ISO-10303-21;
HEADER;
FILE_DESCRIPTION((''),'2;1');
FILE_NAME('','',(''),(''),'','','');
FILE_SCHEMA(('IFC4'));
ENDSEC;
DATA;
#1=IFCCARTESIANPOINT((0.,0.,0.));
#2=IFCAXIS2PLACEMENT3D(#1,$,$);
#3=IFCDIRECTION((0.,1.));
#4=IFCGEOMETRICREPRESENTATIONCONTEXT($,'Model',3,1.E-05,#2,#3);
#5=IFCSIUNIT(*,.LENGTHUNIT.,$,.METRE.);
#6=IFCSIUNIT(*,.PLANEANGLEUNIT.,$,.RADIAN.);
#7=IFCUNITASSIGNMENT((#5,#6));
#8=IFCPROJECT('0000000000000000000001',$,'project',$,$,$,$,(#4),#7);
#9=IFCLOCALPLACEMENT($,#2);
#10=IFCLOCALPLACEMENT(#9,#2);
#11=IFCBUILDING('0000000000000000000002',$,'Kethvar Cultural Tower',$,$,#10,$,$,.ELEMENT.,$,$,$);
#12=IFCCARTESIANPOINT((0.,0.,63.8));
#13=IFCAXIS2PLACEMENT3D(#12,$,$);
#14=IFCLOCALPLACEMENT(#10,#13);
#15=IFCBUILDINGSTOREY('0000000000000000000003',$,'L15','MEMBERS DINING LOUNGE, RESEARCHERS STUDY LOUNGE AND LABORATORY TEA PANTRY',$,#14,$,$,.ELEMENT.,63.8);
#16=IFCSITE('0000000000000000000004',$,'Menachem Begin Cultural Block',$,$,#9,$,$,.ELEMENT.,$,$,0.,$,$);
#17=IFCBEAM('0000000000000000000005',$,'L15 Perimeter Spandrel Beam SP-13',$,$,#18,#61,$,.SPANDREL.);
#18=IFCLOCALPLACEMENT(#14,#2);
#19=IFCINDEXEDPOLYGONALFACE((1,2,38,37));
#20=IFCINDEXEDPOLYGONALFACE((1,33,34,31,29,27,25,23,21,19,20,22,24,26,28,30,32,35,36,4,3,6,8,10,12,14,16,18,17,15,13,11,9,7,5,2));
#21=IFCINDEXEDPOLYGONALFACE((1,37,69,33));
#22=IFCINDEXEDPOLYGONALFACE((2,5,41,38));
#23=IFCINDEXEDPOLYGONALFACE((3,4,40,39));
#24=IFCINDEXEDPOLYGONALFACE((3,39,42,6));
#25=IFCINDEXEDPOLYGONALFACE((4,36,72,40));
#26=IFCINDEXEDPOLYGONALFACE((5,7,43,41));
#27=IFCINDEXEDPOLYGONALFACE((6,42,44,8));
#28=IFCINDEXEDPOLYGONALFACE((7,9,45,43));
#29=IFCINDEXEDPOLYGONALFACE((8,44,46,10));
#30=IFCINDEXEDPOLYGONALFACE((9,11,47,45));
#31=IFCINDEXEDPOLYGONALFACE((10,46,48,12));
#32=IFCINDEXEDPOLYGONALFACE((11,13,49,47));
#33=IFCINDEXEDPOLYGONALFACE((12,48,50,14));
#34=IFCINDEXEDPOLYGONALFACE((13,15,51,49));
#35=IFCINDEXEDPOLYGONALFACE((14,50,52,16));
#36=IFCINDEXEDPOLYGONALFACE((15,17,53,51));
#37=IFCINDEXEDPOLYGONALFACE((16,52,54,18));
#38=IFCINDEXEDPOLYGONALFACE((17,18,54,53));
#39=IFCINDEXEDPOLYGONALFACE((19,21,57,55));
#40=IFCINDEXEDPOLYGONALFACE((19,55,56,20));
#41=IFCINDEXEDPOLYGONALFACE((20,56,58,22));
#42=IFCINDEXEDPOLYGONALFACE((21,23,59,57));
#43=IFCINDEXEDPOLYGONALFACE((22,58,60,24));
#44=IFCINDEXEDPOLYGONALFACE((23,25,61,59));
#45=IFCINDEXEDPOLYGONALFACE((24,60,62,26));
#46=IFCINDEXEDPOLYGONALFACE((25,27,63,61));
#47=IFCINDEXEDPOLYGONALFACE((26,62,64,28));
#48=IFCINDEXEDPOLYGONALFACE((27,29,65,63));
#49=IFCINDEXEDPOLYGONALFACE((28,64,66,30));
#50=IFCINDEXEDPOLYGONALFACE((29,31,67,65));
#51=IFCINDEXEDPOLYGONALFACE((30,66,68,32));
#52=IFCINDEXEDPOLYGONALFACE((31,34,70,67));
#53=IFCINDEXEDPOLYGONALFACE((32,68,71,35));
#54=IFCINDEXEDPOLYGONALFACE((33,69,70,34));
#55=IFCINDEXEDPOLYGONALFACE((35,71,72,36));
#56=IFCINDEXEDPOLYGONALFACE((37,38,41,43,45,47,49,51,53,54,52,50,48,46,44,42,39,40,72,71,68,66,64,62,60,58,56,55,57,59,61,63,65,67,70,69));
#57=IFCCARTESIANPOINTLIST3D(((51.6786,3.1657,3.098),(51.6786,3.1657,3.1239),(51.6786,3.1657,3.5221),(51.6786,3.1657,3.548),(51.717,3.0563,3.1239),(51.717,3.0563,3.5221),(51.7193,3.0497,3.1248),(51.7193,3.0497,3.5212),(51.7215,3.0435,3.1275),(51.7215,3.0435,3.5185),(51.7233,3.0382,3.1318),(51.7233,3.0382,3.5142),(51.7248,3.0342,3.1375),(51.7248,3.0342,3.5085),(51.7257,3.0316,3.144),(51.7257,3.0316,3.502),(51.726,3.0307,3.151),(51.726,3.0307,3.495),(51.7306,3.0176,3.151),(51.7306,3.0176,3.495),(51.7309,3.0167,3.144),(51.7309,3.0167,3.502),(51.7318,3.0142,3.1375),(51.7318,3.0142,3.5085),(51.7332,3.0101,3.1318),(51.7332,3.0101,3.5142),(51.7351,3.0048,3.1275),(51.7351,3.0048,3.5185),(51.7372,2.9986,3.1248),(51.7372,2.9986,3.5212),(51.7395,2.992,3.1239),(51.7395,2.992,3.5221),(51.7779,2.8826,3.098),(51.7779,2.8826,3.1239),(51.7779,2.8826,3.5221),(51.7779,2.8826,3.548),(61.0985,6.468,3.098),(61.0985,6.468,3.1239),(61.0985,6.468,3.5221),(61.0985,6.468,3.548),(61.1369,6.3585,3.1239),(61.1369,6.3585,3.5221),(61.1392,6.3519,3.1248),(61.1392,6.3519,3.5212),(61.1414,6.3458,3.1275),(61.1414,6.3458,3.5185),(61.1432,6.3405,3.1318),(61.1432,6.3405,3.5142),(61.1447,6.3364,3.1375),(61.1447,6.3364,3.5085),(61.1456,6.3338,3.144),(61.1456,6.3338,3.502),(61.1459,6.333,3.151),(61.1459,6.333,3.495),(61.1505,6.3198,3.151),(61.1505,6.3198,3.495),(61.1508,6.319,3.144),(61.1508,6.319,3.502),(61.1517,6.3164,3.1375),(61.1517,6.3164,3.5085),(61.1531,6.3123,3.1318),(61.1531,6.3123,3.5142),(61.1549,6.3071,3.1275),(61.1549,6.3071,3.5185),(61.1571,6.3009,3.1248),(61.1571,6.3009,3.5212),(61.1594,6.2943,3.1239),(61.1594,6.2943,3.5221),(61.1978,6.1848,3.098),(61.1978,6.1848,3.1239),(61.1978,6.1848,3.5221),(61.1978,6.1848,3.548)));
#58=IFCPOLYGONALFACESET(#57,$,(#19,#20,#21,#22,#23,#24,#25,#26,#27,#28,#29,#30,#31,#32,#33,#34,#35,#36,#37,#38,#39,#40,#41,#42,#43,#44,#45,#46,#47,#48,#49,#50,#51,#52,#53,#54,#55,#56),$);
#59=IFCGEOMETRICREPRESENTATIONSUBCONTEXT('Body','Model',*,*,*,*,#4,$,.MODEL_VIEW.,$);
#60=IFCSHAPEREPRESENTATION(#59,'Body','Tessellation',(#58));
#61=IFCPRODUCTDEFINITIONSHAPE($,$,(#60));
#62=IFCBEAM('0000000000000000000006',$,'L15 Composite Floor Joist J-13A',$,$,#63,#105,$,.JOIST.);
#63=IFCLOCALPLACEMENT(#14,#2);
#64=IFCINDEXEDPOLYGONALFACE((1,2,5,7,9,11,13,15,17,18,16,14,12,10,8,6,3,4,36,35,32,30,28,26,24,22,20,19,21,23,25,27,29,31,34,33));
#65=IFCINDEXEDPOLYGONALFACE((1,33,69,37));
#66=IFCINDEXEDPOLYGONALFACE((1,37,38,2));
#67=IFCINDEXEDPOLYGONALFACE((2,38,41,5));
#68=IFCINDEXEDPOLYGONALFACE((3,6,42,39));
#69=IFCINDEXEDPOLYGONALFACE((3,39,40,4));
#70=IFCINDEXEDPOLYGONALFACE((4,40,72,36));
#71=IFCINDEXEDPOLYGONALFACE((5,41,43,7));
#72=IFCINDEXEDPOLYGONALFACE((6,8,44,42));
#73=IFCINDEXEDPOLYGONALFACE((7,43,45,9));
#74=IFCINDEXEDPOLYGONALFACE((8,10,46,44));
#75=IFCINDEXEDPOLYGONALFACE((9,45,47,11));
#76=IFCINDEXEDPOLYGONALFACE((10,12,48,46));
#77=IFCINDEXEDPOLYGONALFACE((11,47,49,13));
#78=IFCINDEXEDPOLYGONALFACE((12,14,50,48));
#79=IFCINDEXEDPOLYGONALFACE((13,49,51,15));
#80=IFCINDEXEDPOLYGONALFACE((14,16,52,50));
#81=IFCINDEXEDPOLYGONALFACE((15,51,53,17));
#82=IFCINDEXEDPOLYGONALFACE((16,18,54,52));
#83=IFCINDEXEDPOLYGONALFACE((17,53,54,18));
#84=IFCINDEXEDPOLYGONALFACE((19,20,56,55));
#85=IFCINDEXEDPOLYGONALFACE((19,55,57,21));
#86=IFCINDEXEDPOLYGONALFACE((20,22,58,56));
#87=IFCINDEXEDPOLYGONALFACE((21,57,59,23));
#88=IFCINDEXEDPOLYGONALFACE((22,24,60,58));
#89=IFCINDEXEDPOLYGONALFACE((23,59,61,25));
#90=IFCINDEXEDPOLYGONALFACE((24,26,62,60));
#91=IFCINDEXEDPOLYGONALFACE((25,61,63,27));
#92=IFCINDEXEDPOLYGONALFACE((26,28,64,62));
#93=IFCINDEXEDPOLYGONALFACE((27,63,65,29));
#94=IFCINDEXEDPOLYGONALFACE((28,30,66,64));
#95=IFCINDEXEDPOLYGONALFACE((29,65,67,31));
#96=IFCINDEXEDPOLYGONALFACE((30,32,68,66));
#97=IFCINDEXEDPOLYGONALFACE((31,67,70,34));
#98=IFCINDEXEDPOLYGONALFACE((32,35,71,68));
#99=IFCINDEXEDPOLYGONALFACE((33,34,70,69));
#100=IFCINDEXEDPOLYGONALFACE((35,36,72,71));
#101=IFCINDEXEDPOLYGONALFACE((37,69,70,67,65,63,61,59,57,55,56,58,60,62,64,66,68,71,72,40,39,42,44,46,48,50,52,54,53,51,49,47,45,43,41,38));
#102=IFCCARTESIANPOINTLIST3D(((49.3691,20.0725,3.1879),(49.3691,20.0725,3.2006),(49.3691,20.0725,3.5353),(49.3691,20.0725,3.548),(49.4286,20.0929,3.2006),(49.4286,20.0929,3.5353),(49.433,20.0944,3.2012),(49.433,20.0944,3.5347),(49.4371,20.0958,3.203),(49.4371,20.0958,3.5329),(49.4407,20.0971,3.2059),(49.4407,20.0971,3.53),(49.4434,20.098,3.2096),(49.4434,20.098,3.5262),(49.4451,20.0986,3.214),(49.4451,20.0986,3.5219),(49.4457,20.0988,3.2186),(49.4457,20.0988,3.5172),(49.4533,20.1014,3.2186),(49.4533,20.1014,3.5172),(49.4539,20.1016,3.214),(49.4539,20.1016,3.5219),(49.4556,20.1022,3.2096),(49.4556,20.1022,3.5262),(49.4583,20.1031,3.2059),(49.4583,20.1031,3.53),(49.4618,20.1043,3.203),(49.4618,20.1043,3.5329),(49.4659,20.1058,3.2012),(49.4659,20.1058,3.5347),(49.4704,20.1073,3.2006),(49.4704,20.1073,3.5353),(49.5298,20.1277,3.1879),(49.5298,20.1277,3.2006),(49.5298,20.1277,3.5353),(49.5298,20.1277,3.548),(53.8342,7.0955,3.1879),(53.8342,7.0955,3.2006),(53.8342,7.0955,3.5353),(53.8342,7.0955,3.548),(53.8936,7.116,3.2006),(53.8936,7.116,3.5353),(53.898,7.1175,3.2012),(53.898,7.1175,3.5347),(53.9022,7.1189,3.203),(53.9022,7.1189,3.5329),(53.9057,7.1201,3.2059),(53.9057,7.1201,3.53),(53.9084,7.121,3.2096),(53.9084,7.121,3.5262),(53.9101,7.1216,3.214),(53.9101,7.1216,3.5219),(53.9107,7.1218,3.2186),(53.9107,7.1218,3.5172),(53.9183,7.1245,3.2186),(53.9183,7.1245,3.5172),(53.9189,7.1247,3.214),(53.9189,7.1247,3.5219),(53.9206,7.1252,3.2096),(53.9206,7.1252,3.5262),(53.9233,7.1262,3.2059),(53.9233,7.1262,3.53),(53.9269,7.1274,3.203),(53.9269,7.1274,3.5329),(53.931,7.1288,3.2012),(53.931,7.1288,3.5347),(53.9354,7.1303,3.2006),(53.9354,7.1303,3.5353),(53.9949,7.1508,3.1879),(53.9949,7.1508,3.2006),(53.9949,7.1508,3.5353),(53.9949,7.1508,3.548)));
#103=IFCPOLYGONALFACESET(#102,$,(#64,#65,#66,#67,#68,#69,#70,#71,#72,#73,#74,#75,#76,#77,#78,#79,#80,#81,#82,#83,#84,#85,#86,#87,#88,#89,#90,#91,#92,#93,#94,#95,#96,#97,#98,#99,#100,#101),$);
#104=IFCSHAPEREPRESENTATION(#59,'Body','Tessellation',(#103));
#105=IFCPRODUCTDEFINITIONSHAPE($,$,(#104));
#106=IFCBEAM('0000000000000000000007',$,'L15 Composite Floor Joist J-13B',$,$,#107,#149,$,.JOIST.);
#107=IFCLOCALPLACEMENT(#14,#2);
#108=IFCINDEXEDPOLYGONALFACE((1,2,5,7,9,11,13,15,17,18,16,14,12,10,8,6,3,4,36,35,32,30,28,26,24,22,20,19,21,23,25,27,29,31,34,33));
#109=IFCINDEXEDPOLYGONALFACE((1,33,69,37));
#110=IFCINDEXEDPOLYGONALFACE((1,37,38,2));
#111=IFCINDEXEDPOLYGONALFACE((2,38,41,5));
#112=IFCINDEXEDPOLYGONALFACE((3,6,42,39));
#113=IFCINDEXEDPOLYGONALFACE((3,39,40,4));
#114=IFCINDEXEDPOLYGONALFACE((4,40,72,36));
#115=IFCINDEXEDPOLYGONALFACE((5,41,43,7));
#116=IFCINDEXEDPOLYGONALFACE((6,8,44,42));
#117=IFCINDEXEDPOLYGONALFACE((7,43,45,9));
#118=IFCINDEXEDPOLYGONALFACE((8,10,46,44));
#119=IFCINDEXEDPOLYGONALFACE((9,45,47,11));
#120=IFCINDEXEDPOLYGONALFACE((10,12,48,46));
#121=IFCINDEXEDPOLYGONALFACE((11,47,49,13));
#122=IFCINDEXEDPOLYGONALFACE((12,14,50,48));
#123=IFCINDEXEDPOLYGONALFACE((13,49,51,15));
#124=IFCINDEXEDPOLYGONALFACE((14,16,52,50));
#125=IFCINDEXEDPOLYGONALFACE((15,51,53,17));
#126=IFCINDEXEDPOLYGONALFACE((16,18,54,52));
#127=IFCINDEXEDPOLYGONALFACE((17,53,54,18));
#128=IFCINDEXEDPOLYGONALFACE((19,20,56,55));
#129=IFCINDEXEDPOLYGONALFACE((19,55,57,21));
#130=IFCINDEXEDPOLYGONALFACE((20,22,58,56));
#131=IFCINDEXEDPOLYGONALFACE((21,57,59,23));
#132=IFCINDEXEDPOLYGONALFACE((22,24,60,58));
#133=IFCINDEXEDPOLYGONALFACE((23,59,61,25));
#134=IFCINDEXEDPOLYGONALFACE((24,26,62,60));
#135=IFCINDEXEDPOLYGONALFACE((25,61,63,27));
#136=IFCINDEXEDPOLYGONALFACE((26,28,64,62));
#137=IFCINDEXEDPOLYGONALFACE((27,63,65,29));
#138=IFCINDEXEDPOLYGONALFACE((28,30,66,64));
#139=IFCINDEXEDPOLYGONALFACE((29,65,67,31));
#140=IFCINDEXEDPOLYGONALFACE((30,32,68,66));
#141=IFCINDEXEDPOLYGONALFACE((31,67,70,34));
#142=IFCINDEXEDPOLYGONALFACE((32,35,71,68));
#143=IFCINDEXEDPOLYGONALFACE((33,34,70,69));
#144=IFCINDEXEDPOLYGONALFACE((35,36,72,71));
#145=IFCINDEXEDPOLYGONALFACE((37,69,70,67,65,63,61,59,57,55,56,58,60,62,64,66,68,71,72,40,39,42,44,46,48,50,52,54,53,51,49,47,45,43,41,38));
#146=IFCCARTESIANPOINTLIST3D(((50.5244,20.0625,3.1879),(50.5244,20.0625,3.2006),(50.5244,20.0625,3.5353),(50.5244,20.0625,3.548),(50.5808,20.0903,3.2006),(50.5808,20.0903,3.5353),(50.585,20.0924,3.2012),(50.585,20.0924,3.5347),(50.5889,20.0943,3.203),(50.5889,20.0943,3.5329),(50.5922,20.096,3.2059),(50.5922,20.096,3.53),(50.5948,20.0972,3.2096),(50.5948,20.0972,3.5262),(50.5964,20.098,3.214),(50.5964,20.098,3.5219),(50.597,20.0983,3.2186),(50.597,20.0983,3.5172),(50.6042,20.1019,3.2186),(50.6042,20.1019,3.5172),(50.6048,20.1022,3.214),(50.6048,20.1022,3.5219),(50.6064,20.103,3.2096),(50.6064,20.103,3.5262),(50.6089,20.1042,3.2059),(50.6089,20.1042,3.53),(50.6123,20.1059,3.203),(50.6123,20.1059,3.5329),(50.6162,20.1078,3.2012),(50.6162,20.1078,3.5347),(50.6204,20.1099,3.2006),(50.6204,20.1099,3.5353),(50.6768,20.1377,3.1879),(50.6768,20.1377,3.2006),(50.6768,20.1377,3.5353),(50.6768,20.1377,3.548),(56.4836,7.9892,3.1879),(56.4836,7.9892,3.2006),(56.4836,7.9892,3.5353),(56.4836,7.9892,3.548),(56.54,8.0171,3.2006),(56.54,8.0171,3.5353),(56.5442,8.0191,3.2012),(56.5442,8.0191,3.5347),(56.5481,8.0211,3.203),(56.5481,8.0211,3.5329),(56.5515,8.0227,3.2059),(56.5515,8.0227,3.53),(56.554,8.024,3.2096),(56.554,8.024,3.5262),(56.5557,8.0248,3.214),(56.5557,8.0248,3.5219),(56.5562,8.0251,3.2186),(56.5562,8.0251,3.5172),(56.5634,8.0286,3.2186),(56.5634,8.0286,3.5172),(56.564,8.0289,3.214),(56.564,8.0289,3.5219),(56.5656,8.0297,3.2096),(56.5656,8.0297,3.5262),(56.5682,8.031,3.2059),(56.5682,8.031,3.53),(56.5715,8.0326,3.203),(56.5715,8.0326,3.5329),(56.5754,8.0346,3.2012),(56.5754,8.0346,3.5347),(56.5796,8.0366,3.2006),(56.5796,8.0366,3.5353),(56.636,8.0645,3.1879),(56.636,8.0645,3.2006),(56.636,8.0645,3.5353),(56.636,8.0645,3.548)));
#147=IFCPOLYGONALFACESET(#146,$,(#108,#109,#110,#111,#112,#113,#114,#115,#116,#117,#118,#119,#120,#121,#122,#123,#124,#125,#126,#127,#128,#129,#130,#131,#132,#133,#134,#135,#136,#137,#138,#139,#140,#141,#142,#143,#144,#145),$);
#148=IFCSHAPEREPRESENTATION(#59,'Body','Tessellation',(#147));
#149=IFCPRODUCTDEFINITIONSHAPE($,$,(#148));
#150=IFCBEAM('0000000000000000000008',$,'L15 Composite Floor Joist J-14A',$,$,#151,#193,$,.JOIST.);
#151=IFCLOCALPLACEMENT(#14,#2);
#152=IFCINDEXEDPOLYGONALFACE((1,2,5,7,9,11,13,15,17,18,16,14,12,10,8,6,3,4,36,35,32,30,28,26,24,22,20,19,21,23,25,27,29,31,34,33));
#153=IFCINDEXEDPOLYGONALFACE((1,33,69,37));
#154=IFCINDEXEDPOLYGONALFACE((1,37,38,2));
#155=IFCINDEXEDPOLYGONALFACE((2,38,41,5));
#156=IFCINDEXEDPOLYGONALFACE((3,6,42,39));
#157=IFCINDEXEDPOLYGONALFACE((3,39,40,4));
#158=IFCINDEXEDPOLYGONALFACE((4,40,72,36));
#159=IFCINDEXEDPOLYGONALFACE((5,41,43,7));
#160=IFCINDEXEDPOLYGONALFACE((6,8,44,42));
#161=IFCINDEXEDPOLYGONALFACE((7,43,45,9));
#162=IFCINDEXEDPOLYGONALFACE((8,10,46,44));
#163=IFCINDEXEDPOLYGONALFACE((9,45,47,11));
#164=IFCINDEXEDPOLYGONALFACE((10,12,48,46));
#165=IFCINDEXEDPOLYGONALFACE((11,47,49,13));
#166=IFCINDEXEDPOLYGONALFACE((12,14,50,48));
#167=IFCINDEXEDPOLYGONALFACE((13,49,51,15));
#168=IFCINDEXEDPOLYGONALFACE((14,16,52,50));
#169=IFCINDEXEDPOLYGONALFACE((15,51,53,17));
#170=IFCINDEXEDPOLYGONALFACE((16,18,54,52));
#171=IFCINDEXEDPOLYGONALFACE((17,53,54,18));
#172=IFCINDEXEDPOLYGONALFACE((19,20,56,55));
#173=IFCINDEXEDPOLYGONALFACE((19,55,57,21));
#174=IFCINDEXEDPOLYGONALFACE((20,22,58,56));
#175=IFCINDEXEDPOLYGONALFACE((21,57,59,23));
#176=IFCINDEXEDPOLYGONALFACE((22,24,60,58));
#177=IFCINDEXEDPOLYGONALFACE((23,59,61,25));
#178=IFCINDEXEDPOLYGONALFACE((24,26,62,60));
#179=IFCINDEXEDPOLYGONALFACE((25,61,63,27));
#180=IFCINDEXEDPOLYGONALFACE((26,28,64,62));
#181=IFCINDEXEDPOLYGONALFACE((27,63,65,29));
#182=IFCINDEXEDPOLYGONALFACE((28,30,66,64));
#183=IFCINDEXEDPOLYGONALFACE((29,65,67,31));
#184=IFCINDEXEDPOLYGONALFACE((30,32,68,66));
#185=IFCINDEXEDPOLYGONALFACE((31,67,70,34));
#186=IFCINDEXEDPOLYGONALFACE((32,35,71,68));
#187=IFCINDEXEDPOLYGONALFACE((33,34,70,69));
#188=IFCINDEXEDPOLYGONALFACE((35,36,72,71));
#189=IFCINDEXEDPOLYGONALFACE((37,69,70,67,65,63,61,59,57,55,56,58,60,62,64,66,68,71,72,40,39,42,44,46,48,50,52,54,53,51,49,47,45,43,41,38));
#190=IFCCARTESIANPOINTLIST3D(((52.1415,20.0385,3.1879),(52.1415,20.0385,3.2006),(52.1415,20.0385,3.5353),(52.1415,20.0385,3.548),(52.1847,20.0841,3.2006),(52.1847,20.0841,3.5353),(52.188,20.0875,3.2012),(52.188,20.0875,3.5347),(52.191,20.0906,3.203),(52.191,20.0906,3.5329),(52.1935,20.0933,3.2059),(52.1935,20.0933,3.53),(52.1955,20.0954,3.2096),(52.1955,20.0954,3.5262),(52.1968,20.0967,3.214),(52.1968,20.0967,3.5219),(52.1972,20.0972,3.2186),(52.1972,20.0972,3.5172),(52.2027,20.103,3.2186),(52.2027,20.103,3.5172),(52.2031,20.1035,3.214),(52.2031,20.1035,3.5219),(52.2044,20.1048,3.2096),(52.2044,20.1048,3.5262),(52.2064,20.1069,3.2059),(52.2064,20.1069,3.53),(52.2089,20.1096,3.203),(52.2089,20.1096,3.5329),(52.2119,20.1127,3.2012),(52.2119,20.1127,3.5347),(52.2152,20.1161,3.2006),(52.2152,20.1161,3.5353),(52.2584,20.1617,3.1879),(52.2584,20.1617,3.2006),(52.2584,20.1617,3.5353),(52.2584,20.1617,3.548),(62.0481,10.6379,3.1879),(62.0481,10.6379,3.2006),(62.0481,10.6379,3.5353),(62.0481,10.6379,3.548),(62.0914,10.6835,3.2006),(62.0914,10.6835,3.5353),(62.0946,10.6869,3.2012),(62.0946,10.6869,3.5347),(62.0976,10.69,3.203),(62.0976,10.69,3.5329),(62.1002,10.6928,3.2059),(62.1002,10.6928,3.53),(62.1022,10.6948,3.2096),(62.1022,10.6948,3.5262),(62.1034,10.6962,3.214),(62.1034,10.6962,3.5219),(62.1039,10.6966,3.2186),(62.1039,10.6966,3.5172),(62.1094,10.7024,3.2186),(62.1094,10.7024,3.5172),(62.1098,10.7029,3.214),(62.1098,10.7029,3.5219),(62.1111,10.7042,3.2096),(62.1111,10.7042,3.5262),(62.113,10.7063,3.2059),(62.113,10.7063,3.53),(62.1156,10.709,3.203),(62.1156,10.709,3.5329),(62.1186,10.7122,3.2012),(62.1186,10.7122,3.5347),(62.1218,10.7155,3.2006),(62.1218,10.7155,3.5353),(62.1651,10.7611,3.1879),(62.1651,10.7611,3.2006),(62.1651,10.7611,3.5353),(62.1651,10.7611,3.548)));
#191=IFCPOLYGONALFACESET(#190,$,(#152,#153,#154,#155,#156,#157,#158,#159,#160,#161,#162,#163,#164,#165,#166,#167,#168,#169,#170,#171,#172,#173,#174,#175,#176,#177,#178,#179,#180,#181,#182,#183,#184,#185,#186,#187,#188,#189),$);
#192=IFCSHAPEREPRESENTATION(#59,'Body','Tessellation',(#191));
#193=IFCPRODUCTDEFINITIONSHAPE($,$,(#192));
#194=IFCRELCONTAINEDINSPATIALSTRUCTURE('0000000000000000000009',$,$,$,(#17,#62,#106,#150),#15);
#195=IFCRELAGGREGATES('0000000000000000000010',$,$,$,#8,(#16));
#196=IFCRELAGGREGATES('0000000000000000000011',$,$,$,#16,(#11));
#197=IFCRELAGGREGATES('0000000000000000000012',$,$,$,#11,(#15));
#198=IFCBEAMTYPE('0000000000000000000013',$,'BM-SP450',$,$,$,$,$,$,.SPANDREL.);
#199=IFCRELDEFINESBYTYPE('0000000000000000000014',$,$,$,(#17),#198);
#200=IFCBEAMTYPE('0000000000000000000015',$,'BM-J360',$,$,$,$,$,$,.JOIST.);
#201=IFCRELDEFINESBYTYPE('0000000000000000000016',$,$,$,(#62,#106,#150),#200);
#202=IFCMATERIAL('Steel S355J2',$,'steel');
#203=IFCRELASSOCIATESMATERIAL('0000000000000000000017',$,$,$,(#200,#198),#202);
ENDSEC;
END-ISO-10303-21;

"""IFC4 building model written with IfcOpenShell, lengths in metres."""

from ifc_helpers import new_model, si_unit, direction, frame, origin, origin_2d, place, context, subcontext, project, spatial, i_section, extrude, source, transform, mapped, material, material_profile, profile_set, type_object, element, save


model = new_model("IFC4")

# Units and contexts
model_context = context("Model", 3, precision=1e-05, world=origin(), true_north=direction((0.0, 1.0)))
body_context = subcontext(model_context, "Body", "Model", "MODEL_VIEW")
ifc_project = project(units=[si_unit("LENGTHUNIT", "METRE"), si_unit("PLANEANGLEUNIT", "RADIAN")], contexts=[model_context])

# Site, building, storey
site_placement = place(None, origin())
site = spatial("IfcSite", under=ifc_project, at=site_placement, Name="Menachem Begin Cultural Block", CompositionType="ELEMENT", RefElevation=0.0)
building_placement = place(site_placement, origin())
building = spatial("IfcBuilding", under=site, at=building_placement, Name="Kethvar Cultural Tower", CompositionType="ELEMENT")
storey_placement = place(building_placement, frame((0.0, 0.0, 63.8)))
storey = spatial("IfcBuildingStorey", under=building, at=storey_placement, Name="L15", Description="MEMBERS DINING LOUNGE, RESEARCHERS STUDY LOUNGE AND LABORATORY TEA PANTRY", CompositionType="ELEMENT", Elevation=63.8)

# Beams
ifc_material_1 = material(Name="Steel S355J2", Category="steel")
ifc_material_profile_1 = material_profile(ifc_material_1, i_section(OverallWidth=0.1699, OverallDepth=0.3601, WebThickness=0.0081, FlangeThickness=0.0127, FilletRadius=0.0181, at=origin_2d()), Name="Steel S355J2 — IPE360")
ifc_profile_set_1 = profile_set([ifc_material_profile_1], Name="Steel S355J2 — IPE360")
beam_type_1 = type_object("IfcBeamType", Name="BM-J360", PredefinedType="JOIST", material=ifc_profile_set_1)
ifc_material_profile_2 = material_profile(ifc_material_1, i_section(OverallWidth=0.3, OverallDepth=0.45, WebThickness=0.0139, FlangeThickness=0.0259, FilletRadius=0.0271, at=origin_2d()), Name="Steel S355J2 — HEB450")
ifc_profile_set_2 = profile_set([ifc_material_profile_2], Name="Steel S355J2 — HEB450")
beam_type_2 = type_object("IfcBeamType", Name="BM-SP450", PredefinedType="SPANDREL", material=ifc_profile_set_2)
shared_shape_1 = source(origin(), body_context, "Body", "SweptSolid", [
    extrude(i_section(OverallWidth=0.3, OverallDepth=0.45, WebThickness=0.0139, FlangeThickness=0.0259, FilletRadius=0.0271, at=origin_2d()), origin(), (0.0, 0.0, 1.0), 9.9819),
])
beam_1_placement = place(storey_placement, frame((51.7283, 3.0242, 3.323), z_axis=(0.943694, 0.330821, 0.0), x_axis=(-0.330821, 0.943694, 0.0)))
element("IfcBeam", 1, at=beam_1_placement, inside=storey, type_object=beam_type_2, Name="L15 Perimeter Spandrel Beam SP-13", PredefinedType="SPANDREL", context=body_context, shape_type="MappedRepresentation", body=[
    mapped(shared_shape_1, transform((0.0, 0.0, 0.0), scale=1.0)),
])
shared_shape_2 = source(origin(), body_context, "Body", "SweptSolid", [
    extrude(i_section(OverallWidth=0.1699, OverallDepth=0.3601, WebThickness=0.0081, FlangeThickness=0.0127, FilletRadius=0.0181, at=origin_2d()), origin(), (0.0, 0.0, 1.0), 13.7236),
])
beam_2_placement = place(storey_placement, frame((49.4495, 20.1001, 3.3679), z_axis=(0.325355, -0.945592, 0.0), x_axis=(0.945592, 0.325355, 0.0)))
element("IfcBeam", 2, at=beam_2_placement, inside=storey, type_object=beam_type_1, Name="L15 Composite Floor Joist J-13A", PredefinedType="JOIST", context=body_context, shape_type="MappedRepresentation", body=[
    mapped(shared_shape_2, transform((0.0, 0.0, 0.0), scale=1.0)),
])
shared_shape_3 = source(origin(), body_context, "Body", "SweptSolid", [
    extrude(i_section(OverallWidth=0.1699, OverallDepth=0.3601, WebThickness=0.0081, FlangeThickness=0.0127, FilletRadius=0.0181, at=origin_2d()), origin(), (0.0, 0.0, 1.0), 13.4639),
])
beam_3_placement = place(storey_placement, frame((50.6006, 20.1001, 3.3679), z_axis=(0.442609, -0.896715, 0.0), x_axis=(0.896715, 0.442609, 0.0)))
element("IfcBeam", 3, at=beam_3_placement, inside=storey, type_object=beam_type_1, Name="L15 Composite Floor Joist J-13B", PredefinedType="JOIST", context=body_context, shape_type="MappedRepresentation", body=[
    mapped(shared_shape_3, transform((0.0, 0.0, 0.0), scale=1.0)),
])
shared_shape_4 = source(origin(), body_context, "Body", "SweptSolid", [
    extrude(i_section(OverallWidth=0.1699, OverallDepth=0.3601, WebThickness=0.0081, FlangeThickness=0.0127, FilletRadius=0.0181, at=origin_2d()), origin(), (0.0, 0.0, 1.0), 13.657),
])
beam_4_placement = place(storey_placement, frame((52.2, 20.1001, 3.3679), z_axis=(0.725393, -0.688335, 0.0), x_axis=(0.688335, 0.725393, 0.0)))
element("IfcBeam", 4, at=beam_4_placement, inside=storey, type_object=beam_type_1, Name="L15 Composite Floor Joist J-14A", PredefinedType="JOIST", context=body_context, shape_type="MappedRepresentation", body=[
    mapped(shared_shape_4, transform((0.0, 0.0, 0.0), scale=1.0)),
])

save(model, "model.ifc")
